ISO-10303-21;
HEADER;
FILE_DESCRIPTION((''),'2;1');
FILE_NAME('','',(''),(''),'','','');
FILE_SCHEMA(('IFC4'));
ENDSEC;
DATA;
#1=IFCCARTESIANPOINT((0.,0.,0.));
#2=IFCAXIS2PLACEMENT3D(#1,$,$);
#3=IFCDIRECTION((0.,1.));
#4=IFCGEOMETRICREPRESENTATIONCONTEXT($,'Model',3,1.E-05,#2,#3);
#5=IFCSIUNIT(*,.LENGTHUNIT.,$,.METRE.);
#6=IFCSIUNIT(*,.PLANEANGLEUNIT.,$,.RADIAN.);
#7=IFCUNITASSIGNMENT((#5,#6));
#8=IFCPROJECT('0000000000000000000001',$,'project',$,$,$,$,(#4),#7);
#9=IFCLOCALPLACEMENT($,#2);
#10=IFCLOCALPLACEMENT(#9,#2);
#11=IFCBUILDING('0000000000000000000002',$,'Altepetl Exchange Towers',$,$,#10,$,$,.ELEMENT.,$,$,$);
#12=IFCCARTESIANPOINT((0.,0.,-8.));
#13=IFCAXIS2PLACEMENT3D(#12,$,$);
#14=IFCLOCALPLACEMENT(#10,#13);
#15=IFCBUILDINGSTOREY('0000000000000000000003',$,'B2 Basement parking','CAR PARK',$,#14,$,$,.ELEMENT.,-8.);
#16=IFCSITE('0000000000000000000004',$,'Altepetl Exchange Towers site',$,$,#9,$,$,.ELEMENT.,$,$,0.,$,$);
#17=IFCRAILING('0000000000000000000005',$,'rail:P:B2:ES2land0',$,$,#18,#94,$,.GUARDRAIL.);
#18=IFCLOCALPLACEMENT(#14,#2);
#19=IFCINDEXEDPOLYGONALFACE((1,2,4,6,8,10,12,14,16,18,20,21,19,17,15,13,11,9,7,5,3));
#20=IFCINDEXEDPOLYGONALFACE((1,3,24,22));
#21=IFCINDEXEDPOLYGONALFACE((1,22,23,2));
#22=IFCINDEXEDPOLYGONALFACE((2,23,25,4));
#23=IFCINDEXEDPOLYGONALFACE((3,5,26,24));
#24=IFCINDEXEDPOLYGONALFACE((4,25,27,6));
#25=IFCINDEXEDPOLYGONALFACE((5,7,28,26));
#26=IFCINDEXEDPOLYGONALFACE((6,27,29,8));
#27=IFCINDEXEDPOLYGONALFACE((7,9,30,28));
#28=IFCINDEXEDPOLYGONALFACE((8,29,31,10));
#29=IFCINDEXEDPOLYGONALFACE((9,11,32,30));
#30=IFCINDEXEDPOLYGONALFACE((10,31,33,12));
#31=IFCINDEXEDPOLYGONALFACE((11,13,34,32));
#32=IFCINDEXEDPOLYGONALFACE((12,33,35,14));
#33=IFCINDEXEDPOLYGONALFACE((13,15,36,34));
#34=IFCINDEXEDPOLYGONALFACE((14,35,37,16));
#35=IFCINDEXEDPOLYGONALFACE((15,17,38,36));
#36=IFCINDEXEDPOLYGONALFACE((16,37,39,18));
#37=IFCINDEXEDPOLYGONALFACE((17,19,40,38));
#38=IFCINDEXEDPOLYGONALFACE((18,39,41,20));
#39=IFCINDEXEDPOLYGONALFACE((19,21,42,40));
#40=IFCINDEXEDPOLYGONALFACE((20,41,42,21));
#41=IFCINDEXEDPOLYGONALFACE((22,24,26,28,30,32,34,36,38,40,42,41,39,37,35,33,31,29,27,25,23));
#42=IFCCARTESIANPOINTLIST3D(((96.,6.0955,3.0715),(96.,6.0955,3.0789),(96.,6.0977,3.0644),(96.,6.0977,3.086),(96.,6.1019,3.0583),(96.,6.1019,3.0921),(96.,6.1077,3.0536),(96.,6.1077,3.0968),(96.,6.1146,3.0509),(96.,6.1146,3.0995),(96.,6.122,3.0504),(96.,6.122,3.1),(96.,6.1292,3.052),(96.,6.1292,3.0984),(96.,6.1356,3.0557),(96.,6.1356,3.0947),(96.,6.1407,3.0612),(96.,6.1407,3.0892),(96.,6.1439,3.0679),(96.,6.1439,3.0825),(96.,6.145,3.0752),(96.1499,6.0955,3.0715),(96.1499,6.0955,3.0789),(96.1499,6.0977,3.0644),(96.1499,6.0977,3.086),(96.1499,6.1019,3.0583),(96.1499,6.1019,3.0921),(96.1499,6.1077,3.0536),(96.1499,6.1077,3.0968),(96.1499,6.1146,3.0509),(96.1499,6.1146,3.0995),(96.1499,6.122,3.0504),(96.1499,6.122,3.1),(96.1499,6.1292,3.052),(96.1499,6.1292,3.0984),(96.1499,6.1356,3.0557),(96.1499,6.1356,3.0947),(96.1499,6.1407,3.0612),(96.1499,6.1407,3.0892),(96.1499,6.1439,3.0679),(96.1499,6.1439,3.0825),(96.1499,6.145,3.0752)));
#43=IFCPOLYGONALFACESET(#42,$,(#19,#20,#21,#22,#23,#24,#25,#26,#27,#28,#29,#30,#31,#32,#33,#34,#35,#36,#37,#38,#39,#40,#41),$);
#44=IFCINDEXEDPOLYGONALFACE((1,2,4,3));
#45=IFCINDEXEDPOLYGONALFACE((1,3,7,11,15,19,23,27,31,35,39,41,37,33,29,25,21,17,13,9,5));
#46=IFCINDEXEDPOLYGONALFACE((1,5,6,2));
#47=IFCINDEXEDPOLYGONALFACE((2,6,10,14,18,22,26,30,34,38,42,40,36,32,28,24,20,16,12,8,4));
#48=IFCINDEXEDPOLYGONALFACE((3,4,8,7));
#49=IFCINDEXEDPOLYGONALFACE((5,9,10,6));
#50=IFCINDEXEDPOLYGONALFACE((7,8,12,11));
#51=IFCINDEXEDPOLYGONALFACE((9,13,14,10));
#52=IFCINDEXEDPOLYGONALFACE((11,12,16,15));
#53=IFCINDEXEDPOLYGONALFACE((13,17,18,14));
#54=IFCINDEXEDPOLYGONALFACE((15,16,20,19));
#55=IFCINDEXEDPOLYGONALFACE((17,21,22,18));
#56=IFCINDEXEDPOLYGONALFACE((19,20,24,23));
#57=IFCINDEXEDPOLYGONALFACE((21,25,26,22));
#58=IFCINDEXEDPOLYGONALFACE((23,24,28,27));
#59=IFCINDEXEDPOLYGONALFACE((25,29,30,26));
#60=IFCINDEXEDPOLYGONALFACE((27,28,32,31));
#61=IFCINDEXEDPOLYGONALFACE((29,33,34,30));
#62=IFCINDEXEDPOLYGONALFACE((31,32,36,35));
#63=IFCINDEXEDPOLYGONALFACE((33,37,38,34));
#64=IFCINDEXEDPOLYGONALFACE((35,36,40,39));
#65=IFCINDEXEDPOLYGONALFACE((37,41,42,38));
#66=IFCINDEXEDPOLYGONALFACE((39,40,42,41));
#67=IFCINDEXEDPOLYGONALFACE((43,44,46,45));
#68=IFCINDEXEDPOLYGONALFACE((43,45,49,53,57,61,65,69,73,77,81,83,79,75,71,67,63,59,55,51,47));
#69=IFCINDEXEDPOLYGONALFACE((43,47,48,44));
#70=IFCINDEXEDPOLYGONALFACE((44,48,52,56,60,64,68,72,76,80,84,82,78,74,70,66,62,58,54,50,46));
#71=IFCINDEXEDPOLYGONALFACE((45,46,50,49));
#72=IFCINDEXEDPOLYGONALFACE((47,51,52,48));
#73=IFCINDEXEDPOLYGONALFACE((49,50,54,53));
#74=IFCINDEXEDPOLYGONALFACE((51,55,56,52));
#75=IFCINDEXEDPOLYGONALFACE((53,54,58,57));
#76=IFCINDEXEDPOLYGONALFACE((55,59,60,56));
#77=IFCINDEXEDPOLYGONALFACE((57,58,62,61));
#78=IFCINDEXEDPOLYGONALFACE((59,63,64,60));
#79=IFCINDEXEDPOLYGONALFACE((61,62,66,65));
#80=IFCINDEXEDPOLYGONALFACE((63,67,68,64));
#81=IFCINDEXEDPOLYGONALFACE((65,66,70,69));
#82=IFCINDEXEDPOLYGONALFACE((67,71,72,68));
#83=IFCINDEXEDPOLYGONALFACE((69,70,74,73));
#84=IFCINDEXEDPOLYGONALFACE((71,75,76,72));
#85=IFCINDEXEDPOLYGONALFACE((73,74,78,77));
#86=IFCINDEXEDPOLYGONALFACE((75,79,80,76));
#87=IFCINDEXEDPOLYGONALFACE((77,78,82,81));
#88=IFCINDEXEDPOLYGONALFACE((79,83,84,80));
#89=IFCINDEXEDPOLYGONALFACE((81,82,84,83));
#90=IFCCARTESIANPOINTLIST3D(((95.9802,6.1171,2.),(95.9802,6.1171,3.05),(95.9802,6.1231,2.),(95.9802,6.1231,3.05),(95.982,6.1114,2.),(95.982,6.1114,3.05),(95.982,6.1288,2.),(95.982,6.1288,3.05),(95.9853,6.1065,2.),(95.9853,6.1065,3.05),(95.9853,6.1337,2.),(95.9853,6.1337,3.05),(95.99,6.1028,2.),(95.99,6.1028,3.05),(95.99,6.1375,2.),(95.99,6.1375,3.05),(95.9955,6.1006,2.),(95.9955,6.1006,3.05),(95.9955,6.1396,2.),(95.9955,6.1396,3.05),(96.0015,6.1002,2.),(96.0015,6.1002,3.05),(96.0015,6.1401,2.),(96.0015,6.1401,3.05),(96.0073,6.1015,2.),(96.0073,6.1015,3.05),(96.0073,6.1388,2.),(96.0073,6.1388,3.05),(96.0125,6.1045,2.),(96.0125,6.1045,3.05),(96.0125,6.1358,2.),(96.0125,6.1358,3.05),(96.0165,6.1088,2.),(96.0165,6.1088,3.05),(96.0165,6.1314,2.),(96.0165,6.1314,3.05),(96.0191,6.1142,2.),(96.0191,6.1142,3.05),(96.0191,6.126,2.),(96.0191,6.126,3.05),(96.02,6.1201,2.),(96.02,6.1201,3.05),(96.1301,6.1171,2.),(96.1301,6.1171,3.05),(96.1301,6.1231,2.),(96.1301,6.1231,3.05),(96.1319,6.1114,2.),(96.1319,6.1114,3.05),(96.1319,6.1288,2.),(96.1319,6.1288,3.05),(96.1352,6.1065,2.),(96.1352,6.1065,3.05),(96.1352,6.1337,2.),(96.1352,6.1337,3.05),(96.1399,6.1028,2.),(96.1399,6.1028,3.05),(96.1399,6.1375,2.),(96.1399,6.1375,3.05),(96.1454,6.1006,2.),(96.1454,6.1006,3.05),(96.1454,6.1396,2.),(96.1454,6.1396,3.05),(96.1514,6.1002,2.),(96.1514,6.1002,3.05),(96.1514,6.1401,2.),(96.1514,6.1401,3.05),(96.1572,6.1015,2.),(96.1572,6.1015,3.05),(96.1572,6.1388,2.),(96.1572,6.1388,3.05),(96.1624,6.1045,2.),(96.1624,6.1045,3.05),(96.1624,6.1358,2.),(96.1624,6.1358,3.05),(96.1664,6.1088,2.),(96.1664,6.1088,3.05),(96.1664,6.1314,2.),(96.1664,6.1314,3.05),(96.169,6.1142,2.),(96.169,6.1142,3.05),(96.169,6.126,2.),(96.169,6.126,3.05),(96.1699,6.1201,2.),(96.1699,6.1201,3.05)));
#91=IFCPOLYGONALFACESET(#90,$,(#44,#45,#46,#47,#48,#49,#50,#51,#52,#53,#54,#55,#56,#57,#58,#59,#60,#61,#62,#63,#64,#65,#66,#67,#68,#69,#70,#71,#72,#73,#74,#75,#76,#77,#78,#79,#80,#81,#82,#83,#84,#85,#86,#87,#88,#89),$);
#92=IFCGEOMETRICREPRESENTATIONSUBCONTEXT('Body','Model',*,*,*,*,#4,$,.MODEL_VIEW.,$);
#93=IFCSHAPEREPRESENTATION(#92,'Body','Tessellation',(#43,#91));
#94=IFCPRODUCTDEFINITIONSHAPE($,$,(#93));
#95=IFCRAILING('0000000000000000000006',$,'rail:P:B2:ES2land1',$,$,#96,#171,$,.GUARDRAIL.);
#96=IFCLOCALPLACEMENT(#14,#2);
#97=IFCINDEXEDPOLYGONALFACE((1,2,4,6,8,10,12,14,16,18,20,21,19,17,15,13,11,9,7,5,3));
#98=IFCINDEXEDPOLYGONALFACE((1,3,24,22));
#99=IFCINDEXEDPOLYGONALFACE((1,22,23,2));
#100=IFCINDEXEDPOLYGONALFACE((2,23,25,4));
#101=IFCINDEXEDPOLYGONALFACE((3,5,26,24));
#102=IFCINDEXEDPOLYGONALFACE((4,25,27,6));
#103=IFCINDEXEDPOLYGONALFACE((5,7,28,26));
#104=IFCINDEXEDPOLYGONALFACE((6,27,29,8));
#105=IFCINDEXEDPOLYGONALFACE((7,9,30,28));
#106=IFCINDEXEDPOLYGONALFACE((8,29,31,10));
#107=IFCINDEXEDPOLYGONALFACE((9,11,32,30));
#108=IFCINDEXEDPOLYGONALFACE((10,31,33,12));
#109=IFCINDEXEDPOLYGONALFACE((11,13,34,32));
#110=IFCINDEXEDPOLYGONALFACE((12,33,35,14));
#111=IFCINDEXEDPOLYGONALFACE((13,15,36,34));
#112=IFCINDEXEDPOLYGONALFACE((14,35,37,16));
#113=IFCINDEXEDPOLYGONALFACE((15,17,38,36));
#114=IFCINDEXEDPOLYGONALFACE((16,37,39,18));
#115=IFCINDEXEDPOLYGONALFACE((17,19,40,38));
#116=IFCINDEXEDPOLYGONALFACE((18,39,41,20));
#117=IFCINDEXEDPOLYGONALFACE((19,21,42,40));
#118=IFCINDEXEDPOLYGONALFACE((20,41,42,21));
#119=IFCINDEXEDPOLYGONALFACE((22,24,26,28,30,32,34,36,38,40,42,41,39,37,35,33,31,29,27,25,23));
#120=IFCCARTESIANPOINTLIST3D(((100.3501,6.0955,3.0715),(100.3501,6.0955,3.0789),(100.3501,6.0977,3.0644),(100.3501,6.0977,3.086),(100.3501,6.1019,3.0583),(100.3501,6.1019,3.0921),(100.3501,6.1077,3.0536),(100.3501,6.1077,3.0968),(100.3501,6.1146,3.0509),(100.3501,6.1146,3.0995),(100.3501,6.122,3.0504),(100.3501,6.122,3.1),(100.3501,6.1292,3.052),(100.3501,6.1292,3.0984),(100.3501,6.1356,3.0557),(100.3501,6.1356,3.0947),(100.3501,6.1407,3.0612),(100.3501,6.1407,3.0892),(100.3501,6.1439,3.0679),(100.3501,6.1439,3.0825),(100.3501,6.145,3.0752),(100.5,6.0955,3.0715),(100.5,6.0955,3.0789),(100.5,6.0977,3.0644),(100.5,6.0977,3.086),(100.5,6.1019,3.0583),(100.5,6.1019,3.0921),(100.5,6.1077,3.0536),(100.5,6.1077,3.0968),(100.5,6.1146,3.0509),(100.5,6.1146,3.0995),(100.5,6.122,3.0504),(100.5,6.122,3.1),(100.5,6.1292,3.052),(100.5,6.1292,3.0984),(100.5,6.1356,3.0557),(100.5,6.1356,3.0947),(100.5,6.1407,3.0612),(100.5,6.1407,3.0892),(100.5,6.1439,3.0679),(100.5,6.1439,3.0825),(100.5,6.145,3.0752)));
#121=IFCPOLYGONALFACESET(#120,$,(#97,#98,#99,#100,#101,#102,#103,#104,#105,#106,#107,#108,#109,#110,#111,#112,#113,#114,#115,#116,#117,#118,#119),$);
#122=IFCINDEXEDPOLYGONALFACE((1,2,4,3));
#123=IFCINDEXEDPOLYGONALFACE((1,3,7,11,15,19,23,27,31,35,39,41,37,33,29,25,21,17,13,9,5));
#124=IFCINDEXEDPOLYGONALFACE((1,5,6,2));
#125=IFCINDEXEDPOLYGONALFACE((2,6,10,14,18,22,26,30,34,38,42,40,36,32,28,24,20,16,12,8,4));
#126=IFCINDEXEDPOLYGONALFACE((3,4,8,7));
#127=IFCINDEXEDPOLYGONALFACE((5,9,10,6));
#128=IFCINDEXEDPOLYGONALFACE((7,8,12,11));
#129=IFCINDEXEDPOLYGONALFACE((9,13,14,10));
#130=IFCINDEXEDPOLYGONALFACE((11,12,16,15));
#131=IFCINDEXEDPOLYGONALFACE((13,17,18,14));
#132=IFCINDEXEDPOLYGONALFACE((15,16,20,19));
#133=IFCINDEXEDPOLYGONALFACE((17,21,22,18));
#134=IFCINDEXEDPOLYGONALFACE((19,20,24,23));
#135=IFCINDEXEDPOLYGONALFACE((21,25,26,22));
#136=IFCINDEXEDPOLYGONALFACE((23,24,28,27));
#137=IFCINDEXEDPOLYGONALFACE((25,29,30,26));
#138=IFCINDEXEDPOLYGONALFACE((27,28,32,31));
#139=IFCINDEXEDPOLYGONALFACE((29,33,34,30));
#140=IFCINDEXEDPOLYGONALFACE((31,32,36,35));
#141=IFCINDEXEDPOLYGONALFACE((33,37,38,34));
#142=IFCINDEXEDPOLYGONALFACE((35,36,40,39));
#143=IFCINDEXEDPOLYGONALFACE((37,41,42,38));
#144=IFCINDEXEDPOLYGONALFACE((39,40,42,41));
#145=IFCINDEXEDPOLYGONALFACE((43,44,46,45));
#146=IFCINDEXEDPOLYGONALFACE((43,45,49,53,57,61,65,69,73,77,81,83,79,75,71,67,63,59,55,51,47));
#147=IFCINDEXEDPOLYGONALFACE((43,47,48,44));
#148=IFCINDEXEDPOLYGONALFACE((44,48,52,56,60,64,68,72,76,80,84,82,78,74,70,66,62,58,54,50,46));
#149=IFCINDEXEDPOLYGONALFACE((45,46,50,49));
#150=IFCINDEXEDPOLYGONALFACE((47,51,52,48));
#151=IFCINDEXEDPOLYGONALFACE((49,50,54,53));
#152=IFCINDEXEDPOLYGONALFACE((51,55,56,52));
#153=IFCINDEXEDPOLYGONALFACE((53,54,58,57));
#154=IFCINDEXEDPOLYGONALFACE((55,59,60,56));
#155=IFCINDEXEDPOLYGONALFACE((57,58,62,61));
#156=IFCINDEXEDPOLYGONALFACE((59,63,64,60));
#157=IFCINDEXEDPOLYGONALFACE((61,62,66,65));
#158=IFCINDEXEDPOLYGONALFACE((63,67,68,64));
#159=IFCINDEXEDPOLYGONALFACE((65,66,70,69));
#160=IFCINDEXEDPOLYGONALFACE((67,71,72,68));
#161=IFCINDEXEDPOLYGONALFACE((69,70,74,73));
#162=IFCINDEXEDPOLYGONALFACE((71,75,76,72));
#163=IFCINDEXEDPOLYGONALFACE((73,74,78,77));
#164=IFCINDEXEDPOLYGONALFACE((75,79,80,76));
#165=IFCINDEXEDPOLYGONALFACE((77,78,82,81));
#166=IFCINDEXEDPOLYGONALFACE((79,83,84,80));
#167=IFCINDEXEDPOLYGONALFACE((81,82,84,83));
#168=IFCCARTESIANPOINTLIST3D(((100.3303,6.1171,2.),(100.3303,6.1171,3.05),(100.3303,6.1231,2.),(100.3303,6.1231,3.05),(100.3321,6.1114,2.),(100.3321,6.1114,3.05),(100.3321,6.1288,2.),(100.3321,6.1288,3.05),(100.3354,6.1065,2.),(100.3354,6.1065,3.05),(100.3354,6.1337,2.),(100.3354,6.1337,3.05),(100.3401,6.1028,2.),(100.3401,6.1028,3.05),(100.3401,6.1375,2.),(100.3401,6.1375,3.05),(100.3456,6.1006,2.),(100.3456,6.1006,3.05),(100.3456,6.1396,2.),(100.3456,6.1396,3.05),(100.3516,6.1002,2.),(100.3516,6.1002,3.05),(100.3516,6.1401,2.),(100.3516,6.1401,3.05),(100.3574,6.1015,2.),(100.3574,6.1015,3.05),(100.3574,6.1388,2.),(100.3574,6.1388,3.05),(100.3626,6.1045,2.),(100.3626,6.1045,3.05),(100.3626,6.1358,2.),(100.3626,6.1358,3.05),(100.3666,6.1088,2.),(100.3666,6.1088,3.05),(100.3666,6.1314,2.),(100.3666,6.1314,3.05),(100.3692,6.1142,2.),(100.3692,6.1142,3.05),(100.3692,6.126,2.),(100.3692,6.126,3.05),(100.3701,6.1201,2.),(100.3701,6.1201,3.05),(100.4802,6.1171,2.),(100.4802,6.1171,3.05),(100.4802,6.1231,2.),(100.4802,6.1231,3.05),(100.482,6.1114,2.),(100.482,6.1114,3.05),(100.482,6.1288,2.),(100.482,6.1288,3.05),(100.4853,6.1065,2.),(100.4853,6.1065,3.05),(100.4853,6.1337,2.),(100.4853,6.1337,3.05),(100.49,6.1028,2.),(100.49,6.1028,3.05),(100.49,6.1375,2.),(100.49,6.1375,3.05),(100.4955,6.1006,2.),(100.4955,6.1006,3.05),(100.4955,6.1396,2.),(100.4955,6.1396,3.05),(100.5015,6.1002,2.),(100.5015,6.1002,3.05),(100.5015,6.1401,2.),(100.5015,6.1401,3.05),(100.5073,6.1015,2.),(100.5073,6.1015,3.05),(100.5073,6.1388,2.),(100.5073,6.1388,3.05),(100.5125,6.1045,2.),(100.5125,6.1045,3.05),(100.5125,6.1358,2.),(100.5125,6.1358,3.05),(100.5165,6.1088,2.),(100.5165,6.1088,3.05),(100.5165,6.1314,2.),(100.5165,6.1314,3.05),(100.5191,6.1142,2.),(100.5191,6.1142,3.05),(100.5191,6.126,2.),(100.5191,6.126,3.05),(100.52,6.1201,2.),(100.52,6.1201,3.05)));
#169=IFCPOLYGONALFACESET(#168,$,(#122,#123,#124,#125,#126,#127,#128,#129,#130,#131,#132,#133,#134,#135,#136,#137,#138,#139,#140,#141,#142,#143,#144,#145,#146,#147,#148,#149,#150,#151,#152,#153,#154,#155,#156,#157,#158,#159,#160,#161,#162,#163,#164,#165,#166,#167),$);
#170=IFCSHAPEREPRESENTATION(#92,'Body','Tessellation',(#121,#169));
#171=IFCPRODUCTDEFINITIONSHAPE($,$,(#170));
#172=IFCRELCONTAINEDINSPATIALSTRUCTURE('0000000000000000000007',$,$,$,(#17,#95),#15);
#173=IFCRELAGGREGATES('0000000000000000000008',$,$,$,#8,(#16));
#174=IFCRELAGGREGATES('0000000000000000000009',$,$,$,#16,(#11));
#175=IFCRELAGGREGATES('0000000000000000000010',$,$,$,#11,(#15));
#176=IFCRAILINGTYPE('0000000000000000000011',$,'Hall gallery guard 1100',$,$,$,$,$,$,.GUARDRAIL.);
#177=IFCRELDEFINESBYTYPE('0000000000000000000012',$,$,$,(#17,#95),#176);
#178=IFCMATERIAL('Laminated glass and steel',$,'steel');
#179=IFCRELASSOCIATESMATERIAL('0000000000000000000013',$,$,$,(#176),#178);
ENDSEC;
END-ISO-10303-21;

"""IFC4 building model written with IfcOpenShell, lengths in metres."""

from ifc_helpers import new_model, si_unit, direction, frame, origin, origin_2d, place, context, subcontext, project, spatial, circle, extrude, source, transform, mapped, material, type_object, element, save


model = new_model("IFC4")

# Units and contexts
model_context = context("Model", 3, precision=1e-05, world=origin(), true_north=direction((0.0, 1.0)))
body_context = subcontext(model_context, "Body", "Model", "MODEL_VIEW")
ifc_project = project(units=[si_unit("LENGTHUNIT", "METRE"), si_unit("PLANEANGLEUNIT", "RADIAN")], contexts=[model_context])

# Site, building, storey
site_placement = place(None, origin())
site = spatial("IfcSite", under=ifc_project, at=site_placement, Name="Altepetl Exchange Towers site", CompositionType="ELEMENT", RefElevation=0.0)
building_placement = place(site_placement, origin())
building = spatial("IfcBuilding", under=site, at=building_placement, Name="Altepetl Exchange Towers", CompositionType="ELEMENT")
storey_placement = place(building_placement, frame((0.0, 0.0, -8.0)))
storey = spatial("IfcBuildingStorey", under=building, at=storey_placement, Name="B2 Basement parking", Description="CAR PARK", CompositionType="ELEMENT", Elevation=-8.0)

# Railings
ifc_material_1 = material(Name="Laminated glass and steel", Category="steel")
railing_type_1 = type_object("IfcRailingType", Name="Hall gallery guard 1100", PredefinedType="GUARDRAIL", material=ifc_material_1)
shared_shape_1 = source(origin(), body_context, "Body", "SweptSolid", [
    extrude(circle(Radius=0.02, at=origin_2d()), origin(), (0.0, 0.0, 1.0), 1.05),
])
for number, where, name in (
    (1, (96.0, 6.1201, 2.0), "rail:P:B2:ES2land0"),
    (2, (100.3501, 6.1201, 2.0), "rail:P:B2:ES2land1"),
):
    element("IfcRailing", number, at=place(storey_placement, frame(where)), inside=storey, type_object=railing_type_1, Name=name, PredefinedType="GUARDRAIL", context=body_context, shape_type="SweptSolid", body=[
        extrude(circle(Radius=0.0249, at=origin_2d()), frame((0.0, 0.0, 1.0752), z_axis=(1.0, 0.0, 0.0), x_axis=(0.0, 1.0, 0.0)), (0.0, 0.0, 1.0), 0.1499),
        mapped(shared_shape_1, transform((0.0, 0.0, 0.0))),
        mapped(shared_shape_1, transform((0.1499, 0.0, 0.0))),
    ])

save(model, "model.ifc")
